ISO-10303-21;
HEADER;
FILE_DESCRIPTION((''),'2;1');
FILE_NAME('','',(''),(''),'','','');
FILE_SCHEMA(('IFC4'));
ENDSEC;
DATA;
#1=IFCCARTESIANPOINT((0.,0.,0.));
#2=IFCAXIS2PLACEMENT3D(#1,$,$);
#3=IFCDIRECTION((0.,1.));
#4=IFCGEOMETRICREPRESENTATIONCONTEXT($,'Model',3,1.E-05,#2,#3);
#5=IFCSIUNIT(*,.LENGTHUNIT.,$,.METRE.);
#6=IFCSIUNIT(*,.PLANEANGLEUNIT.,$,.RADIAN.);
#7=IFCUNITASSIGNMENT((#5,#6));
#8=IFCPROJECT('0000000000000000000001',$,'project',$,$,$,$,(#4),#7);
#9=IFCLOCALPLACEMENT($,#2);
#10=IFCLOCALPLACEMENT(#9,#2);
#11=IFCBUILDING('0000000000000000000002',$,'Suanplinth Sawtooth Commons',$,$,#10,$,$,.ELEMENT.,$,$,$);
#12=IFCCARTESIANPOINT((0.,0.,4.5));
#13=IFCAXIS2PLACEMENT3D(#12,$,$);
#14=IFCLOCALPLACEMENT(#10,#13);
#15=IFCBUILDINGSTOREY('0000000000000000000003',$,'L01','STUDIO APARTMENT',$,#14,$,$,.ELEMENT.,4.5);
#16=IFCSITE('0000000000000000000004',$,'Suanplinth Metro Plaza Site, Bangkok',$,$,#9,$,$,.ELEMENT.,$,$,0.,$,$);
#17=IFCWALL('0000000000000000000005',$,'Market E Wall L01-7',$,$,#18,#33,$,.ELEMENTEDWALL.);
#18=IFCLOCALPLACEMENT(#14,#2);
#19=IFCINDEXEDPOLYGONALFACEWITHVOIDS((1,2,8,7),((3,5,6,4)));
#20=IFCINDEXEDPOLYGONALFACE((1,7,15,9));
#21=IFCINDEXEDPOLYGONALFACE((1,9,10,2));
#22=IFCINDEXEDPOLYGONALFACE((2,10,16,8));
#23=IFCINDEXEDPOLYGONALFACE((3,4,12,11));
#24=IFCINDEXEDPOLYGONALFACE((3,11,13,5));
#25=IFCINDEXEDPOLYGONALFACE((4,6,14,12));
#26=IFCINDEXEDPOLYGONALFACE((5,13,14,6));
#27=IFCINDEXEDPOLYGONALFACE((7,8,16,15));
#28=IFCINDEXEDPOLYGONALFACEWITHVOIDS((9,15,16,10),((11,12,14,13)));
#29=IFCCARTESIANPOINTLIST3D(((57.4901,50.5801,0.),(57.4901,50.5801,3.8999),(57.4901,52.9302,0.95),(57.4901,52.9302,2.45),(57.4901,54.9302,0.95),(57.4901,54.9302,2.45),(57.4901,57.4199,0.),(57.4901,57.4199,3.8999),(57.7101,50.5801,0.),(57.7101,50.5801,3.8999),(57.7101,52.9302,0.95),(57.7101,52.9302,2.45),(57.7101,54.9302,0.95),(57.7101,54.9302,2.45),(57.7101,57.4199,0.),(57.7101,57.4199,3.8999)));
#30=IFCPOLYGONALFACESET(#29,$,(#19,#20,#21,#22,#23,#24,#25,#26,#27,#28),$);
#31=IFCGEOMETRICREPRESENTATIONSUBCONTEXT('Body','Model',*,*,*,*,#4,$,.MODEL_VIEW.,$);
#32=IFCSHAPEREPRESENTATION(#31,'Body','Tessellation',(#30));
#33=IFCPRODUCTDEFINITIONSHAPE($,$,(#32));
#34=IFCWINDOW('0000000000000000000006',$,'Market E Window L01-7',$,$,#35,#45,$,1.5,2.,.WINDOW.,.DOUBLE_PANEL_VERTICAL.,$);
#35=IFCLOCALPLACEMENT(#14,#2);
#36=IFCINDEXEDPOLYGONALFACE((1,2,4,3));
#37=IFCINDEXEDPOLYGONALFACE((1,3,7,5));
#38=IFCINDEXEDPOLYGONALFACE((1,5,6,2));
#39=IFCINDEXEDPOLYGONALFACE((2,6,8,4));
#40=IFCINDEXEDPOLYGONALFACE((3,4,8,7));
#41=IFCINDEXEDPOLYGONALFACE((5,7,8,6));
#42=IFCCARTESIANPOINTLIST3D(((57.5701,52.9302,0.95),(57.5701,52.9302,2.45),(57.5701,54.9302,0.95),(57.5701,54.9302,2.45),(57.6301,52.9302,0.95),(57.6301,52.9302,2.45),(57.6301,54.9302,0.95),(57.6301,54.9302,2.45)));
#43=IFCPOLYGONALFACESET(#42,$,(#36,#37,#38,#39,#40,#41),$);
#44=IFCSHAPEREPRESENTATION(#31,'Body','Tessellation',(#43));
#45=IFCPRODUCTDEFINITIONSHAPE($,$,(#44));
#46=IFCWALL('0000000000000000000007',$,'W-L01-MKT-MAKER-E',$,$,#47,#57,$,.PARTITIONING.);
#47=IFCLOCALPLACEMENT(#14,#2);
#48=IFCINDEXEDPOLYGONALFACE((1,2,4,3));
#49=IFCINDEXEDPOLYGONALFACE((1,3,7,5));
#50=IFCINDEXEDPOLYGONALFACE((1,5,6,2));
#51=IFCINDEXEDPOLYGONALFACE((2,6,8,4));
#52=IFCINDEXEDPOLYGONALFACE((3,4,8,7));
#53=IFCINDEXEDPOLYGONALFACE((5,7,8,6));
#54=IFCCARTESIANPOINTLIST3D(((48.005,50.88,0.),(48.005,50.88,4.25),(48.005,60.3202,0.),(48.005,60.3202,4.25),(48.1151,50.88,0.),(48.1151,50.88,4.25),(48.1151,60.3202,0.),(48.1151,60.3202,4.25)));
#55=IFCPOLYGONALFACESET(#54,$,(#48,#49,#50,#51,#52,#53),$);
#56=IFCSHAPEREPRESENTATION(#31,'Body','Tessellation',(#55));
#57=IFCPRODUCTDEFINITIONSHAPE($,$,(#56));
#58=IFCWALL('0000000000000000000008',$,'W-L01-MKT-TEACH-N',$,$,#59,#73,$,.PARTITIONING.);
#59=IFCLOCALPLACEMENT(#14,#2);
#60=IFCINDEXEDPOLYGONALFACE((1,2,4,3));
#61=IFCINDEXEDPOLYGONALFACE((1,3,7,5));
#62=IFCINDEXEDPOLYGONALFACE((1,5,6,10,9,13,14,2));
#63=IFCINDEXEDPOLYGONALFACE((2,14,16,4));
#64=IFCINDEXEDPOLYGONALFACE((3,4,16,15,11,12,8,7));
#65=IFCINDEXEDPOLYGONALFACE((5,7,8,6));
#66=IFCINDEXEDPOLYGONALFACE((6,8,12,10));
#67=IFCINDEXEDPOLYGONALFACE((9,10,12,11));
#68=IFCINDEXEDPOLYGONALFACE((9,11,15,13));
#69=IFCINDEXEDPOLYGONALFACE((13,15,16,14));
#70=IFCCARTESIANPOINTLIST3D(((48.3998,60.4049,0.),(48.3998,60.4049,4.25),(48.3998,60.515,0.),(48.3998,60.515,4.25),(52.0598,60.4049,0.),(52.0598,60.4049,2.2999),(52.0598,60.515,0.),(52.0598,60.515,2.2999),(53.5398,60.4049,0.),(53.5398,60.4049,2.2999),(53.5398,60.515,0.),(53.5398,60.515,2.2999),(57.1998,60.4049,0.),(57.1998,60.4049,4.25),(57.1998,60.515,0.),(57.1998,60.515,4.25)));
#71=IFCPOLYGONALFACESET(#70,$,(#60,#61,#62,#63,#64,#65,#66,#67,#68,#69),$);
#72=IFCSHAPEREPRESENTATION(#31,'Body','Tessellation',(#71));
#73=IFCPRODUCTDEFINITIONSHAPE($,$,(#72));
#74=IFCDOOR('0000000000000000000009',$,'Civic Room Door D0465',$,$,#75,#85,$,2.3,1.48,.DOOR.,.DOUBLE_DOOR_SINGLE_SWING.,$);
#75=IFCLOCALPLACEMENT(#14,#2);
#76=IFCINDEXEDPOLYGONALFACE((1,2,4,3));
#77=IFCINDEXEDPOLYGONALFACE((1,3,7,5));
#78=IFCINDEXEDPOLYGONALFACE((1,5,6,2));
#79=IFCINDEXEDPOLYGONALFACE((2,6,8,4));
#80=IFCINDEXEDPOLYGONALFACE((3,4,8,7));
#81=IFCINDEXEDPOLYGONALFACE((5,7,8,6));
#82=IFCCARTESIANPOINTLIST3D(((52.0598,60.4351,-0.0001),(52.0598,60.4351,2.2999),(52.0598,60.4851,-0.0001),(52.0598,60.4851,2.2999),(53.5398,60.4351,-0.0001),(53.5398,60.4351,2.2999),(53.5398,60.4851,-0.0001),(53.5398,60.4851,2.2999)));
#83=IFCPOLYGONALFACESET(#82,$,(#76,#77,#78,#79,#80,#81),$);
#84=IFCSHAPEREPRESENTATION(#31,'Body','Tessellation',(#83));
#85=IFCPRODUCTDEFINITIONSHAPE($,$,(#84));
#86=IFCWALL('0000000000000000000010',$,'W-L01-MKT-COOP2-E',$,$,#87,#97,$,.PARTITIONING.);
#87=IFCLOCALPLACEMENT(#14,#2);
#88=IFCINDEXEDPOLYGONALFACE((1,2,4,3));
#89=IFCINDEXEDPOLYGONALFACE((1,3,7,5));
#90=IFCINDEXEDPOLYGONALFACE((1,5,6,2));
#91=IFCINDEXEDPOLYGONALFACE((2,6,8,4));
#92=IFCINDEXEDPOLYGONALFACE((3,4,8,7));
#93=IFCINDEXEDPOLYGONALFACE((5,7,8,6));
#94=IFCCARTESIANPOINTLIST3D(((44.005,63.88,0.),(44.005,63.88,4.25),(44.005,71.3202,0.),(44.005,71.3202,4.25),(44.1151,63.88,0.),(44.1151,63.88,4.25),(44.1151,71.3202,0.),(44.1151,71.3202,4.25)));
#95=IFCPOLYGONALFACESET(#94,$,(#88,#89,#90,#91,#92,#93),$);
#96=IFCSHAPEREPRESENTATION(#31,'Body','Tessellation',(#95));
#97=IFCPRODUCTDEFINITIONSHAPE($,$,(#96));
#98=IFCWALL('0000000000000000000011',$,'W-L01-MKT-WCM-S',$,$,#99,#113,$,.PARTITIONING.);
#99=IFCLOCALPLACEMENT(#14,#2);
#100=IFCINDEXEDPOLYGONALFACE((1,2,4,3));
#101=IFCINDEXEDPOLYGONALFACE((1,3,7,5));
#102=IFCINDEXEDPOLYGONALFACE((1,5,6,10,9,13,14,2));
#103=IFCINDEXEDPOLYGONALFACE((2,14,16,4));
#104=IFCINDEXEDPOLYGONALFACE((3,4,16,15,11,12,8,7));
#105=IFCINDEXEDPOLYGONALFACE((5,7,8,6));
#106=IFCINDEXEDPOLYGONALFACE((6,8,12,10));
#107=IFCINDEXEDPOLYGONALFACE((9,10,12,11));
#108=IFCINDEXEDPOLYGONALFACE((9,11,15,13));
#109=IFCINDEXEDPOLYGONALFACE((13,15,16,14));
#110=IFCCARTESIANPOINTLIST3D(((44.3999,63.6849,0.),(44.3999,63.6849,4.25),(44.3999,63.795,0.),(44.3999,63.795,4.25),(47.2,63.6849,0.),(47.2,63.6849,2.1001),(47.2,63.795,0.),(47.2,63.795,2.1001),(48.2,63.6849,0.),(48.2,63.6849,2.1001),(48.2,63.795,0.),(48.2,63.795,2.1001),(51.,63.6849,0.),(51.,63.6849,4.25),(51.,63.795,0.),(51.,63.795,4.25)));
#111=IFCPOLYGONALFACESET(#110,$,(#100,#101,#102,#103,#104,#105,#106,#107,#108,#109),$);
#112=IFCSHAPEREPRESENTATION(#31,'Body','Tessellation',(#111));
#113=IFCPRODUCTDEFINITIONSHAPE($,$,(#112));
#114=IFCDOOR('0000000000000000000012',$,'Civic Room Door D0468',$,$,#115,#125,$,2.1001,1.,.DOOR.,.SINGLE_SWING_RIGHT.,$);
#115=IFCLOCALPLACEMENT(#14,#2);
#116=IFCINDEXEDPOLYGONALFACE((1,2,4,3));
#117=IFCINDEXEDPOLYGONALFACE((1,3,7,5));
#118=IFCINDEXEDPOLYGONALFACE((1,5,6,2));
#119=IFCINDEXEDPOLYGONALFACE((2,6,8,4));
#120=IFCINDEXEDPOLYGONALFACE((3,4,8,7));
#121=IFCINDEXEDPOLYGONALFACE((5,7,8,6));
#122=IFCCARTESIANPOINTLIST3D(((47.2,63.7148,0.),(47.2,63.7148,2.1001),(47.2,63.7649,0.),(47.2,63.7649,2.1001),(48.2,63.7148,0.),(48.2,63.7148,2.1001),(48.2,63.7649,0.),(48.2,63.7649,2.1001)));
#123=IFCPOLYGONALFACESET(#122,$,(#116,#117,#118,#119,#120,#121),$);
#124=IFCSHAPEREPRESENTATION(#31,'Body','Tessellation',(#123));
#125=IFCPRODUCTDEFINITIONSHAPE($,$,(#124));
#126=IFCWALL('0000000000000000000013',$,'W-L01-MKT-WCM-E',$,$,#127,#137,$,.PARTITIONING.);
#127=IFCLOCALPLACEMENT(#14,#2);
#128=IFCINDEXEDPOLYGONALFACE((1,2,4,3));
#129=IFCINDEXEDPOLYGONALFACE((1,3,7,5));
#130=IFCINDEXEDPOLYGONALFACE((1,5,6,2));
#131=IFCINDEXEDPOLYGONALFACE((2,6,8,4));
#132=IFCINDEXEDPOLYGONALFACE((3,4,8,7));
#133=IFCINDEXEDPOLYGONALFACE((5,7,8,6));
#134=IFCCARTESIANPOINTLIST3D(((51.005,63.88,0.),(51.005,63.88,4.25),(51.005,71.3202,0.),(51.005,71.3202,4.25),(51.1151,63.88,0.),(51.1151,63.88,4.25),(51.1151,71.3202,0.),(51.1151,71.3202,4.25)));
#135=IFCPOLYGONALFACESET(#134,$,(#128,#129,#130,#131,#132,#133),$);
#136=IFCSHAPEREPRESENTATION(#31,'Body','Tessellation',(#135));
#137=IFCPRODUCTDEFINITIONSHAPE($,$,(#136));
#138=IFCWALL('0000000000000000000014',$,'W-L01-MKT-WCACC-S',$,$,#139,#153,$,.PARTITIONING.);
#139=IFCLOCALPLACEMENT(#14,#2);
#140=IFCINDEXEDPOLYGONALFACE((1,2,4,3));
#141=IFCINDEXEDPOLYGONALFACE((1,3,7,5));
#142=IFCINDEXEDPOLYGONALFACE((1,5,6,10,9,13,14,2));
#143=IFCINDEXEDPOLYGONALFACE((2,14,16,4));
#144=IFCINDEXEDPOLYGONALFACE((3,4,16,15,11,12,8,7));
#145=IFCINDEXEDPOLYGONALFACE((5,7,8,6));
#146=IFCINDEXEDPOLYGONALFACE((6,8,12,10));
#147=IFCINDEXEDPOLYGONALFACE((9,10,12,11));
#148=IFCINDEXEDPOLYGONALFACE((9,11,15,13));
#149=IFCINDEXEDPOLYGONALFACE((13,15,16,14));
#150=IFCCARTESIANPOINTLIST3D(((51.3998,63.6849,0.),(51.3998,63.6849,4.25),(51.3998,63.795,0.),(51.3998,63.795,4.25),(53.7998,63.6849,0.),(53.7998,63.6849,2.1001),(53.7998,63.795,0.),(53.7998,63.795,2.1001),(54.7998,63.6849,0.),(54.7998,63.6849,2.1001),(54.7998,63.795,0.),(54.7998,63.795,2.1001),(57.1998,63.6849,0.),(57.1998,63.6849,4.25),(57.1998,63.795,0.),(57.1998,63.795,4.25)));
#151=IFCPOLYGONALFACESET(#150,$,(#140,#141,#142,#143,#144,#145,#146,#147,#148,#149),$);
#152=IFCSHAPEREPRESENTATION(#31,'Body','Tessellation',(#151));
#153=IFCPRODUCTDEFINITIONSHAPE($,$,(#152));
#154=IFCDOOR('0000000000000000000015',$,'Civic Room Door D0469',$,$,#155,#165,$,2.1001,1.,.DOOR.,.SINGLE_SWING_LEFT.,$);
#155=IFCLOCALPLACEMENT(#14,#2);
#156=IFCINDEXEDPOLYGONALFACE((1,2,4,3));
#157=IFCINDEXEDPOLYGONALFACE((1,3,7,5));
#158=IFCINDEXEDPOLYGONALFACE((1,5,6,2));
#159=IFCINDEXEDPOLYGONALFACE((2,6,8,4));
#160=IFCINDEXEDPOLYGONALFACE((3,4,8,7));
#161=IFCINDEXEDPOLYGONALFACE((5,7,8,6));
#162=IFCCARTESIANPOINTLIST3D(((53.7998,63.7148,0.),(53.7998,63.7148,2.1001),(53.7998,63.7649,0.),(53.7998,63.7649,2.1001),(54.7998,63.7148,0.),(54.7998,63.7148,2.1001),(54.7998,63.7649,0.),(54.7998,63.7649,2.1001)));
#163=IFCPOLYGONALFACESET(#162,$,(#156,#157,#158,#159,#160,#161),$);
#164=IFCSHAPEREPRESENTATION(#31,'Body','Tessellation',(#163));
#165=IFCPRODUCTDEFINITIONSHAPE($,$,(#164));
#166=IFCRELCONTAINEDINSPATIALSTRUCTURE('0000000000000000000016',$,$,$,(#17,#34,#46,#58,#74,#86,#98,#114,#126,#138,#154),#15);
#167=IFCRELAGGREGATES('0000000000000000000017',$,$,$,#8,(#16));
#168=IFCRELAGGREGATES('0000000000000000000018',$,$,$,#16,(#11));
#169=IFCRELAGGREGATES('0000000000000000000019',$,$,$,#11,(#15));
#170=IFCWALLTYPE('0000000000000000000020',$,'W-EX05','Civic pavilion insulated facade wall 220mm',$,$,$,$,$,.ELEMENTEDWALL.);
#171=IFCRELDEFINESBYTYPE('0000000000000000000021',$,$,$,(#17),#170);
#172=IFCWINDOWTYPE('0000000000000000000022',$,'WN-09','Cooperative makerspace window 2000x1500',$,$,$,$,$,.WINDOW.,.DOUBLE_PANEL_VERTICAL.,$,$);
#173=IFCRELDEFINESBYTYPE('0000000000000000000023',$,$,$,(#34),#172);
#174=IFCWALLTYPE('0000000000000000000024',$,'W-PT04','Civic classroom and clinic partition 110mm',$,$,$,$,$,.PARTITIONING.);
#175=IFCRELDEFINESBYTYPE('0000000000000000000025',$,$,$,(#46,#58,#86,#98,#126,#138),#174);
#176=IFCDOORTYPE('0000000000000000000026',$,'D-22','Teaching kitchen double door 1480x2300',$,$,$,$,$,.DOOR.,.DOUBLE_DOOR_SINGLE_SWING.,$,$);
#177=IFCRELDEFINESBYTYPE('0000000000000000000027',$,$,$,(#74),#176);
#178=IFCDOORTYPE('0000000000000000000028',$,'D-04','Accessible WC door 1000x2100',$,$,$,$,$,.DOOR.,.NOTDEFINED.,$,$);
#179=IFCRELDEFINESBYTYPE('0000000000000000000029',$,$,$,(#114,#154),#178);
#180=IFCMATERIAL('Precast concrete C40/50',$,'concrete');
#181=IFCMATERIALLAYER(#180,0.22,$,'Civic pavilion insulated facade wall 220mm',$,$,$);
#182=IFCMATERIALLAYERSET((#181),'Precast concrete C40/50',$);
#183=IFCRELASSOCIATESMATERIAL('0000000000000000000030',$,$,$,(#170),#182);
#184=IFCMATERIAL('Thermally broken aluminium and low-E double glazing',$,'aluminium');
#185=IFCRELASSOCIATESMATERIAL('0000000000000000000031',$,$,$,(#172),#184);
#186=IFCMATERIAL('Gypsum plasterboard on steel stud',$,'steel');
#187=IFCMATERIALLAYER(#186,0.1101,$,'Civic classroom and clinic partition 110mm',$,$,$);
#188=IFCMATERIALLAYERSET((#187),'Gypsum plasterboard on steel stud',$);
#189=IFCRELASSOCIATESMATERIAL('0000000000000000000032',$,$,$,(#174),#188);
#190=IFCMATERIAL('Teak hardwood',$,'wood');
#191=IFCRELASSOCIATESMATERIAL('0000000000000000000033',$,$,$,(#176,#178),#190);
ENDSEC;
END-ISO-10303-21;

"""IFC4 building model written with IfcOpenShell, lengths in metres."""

from ifc_helpers import new_model, si_unit, direction, frame, frame_2d, origin, place, context, subcontext, project, spatial, rectangle, extrude, material, layer, layer_set, type_object, element, fill, save


model = new_model("IFC4")

# Units and contexts
model_context = context("Model", 3, precision=1e-05, world=origin(), true_north=direction((0.0, 1.0)))
body_context = subcontext(model_context, "Body", "Model", "MODEL_VIEW")
ifc_project = project(units=[si_unit("LENGTHUNIT", "METRE"), si_unit("PLANEANGLEUNIT", "RADIAN")], contexts=[model_context])

# Site, building, storey
site_placement = place(None, origin())
site = spatial("IfcSite", under=ifc_project, at=site_placement, Name="Suanplinth Metro Plaza Site, Bangkok", CompositionType="ELEMENT", RefElevation=0.0)
building_placement = place(site_placement, origin())
building = spatial("IfcBuilding", under=site, at=building_placement, Name="Suanplinth Sawtooth Commons", CompositionType="ELEMENT")
storey_placement = place(building_placement, frame((0.0, 0.0, 4.5)))
storey = spatial("IfcBuildingStorey", under=building, at=storey_placement, Name="L01", Description="STUDIO APARTMENT", CompositionType="ELEMENT", Elevation=4.5)

# Shared definitions
ifc_material_1 = material(Name="Precast concrete C40/50", Category="concrete")

# Wall, opening, window
ifc_layer_1 = layer(ifc_material_1, 0.22, Name="Civic pavilion insulated facade wall 220mm")
ifc_layer_set_1 = layer_set([ifc_layer_1], Name="Precast concrete C40/50")
wall_type_1 = type_object("IfcWallType", Name="W-EX05", Description="Civic pavilion insulated facade wall 220mm", PredefinedType="ELEMENTEDWALL", material=ifc_layer_set_1)
wall_1_placement = place(storey_placement, frame((57.6001, 50.5801, 0.0), z_axis=(0.0, 0.0, 1.0), x_axis=(0.0, 1.0, 0.0)))
wall_1 = element("IfcWall", 1, at=wall_1_placement, inside=storey, type_object=wall_type_1, Name="Market E Wall L01-7", PredefinedType="ELEMENTEDWALL", context=body_context, shape_type="SweptSolid", body=[
    extrude(rectangle(XDim=6.8398, YDim=0.22, at=frame_2d((3.4199, 0.0))), origin(), (0.0, 0.0, 1.0), 3.8999),
])
opening_1_placement = place(wall_1_placement, frame((2.3501, 0.0, 0.95)))
opening_1 = element("IfcOpeningElement", 2, at=opening_1_placement, cuts=wall_1, PredefinedType="OPENING", context=body_context, shape_type="SweptSolid", body=[
    extrude(rectangle(XDim=2.0, YDim=1.5, at=frame_2d((1.0, 0.75))), frame((0.0, 0.125, 0.0), z_axis=(0.0, -1.0, 0.0), x_axis=(1.0, 0.0, 0.0)), (0.0, 0.0, 1.0), 0.2498),
])
ifc_material_2 = material(Name="Thermally broken aluminium and low-E double glazing", Category="aluminium")
window_type = type_object("IfcWindowType", Name="WN-09", Description="Cooperative makerspace window 2000x1500", PartitioningType="DOUBLE_PANEL_VERTICAL", PredefinedType="WINDOW", material=ifc_material_2)
window_placement = place(opening_1_placement, origin())
window = element("IfcWindow", 3, at=window_placement, inside=storey, type_object=window_type, Name="Market E Window L01-7", OverallHeight=1.5, OverallWidth=2.0, PartitioningType="DOUBLE_PANEL_VERTICAL", PredefinedType="WINDOW", context=body_context, shape_type="SweptSolid", body=[
    extrude(rectangle(XDim=2.0, YDim=1.5, at=frame_2d((1.0, 0.75))), frame((0.0, 0.03, 0.0), z_axis=(0.0, -1.0, 0.0), x_axis=(1.0, 0.0, 0.0)), (0.0, 0.0, 1.0), 0.0601),
])
fill(opening_1, window)

# Wall
ifc_material_3 = material(Name="Gypsum plasterboard on steel stud", Category="steel")
ifc_layer_2 = layer(ifc_material_3, 0.1101, Name="Civic classroom and clinic partition 110mm")
ifc_layer_set_2 = layer_set([ifc_layer_2], Name="Gypsum plasterboard on steel stud")
wall_type_2 = type_object("IfcWallType", Name="W-PT04", Description="Civic classroom and clinic partition 110mm", PredefinedType="PARTITIONING", material=ifc_layer_set_2)
wall_2_placement = place(storey_placement, frame((48.0601, 50.8799, 0.0), z_axis=(0.0, 0.0, 1.0), x_axis=(0.0, 1.0, 0.0)))
element("IfcWall", 4, at=wall_2_placement, inside=storey, type_object=wall_type_2, Name="W-L01-MKT-MAKER-E", PredefinedType="PARTITIONING", context=body_context, shape_type="SweptSolid", body=[
    extrude(rectangle(XDim=9.4402, YDim=0.1101, at=frame_2d((4.7202, 0.0))), origin(), (0.0, 0.0, 1.0), 4.25),
])

# Wall, opening, door
wall_3_placement = place(storey_placement, frame((48.3999, 60.46, 0.0), z_axis=(0.0, 0.0, 1.0), x_axis=(1.0, 0.0, 0.0)))
wall_3 = element("IfcWall", 5, at=wall_3_placement, inside=storey, type_object=wall_type_2, Name="W-L01-MKT-TEACH-N", PredefinedType="PARTITIONING", context=body_context, shape_type="SweptSolid", body=[
    extrude(rectangle(XDim=8.8, YDim=0.1101, at=frame_2d((4.3999, 0.0))), origin(), (0.0, 0.0, 1.0), 4.25),
])
opening_2_placement = place(wall_3_placement, frame((3.6599, 0.0, 0.0)))
opening_2 = element("IfcOpeningElement", 6, at=opening_2_placement, cuts=wall_3, PredefinedType="OPENING", context=body_context, shape_type="SweptSolid", body=[
    extrude(rectangle(XDim=1.48, YDim=2.3, at=frame_2d((0.74, 1.1499))), frame((0.0, 0.0698, 0.0), z_axis=(0.0, -1.0, 0.0), x_axis=(1.0, 0.0, 0.0)), (0.0, 0.0, 1.0), 0.1399),
])
ifc_material_4 = material(Name="Teak hardwood", Category="wood")
door_type_1 = type_object("IfcDoorType", Name="D-22", Description="Teaching kitchen double door 1480x2300", OperationType="DOUBLE_DOOR_SINGLE_SWING", PredefinedType="DOOR", material=ifc_material_4)
door_1_placement = place(opening_2_placement, frame((1.48, 0.0, 0.0), z_axis=(0.0, 0.0, 1.0), x_axis=(-1.0, 0.0, 0.0)))
door_1 = element("IfcDoor", 7, at=door_1_placement, inside=storey, type_object=door_type_1, Name="Civic Room Door D0465", OperationType="DOUBLE_DOOR_SINGLE_SWING", OverallHeight=2.3, OverallWidth=1.48, PredefinedType="DOOR", context=body_context, shape_type="SweptSolid", body=[
    extrude(rectangle(XDim=1.48, YDim=2.3, at=frame_2d((0.74, 1.1499))), frame((0.0, 0.0249, 0.0), z_axis=(0.0, -1.0, 0.0), x_axis=(1.0, 0.0, 0.0)), (0.0, 0.0, 1.0), 0.05),
])
fill(opening_2, door_1)

# Wall
wall_4_placement = place(storey_placement, frame((44.0601, 63.8799, 0.0), z_axis=(0.0, 0.0, 1.0), x_axis=(0.0, 1.0, 0.0)))
element("IfcWall", 8, at=wall_4_placement, inside=storey, type_object=wall_type_2, Name="W-L01-MKT-COOP2-E", PredefinedType="PARTITIONING", context=body_context, shape_type="SweptSolid", body=[
    extrude(rectangle(XDim=7.4402, YDim=0.1101, at=frame_2d((3.7202, 0.0))), origin(), (0.0, 0.0, 1.0), 4.25),
])

# Wall, opening, door
wall_5_placement = place(storey_placement, frame((44.3999, 63.74, 0.0), z_axis=(0.0, 0.0, 1.0), x_axis=(1.0, 0.0, 0.0)))
wall_5 = element("IfcWall", 9, at=wall_5_placement, inside=storey, type_object=wall_type_2, Name="W-L01-MKT-WCM-S", PredefinedType="PARTITIONING", context=body_context, shape_type="SweptSolid", body=[
    extrude(rectangle(XDim=6.6001, YDim=0.1101, at=frame_2d((3.3, 0.0))), origin(), (0.0, 0.0, 1.0), 4.25),
])
opening_3_placement = place(wall_5_placement, frame((2.8, 0.0, 0.0)))
opening_3 = element("IfcOpeningElement", 10, at=opening_3_placement, cuts=wall_5, PredefinedType="OPENING", context=body_context, shape_type="SweptSolid", body=[
    extrude(rectangle(XDim=1.0, YDim=2.1001, at=frame_2d((0.5, 1.05))), frame((0.0, 0.0698, 0.0), z_axis=(0.0, -1.0, 0.0), x_axis=(1.0, 0.0, 0.0)), (0.0, 0.0, 1.0), 0.1399),
])
door_type_2 = type_object("IfcDoorType", Name="D-04", Description="Accessible WC door 1000x2100", OperationType="NOTDEFINED", PredefinedType="DOOR", material=ifc_material_4)
door_2_placement = place(opening_3_placement, origin())
door_2 = element("IfcDoor", 11, at=door_2_placement, inside=storey, type_object=door_type_2, Name="Civic Room Door D0468", OperationType="SINGLE_SWING_RIGHT", OverallHeight=2.1001, OverallWidth=1.0, PredefinedType="DOOR", context=body_context, shape_type="SweptSolid", body=[
    extrude(rectangle(XDim=1.0, YDim=2.1001, at=frame_2d((0.5, 1.05))), frame((0.0, 0.0249, 0.0), z_axis=(0.0, -1.0, 0.0), x_axis=(1.0, 0.0, 0.0)), (0.0, 0.0, 1.0), 0.05),
])
fill(opening_3, door_2)

# Wall
wall_6_placement = place(storey_placement, frame((51.0601, 63.8799, 0.0), z_axis=(0.0, 0.0, 1.0), x_axis=(0.0, 1.0, 0.0)))
element("IfcWall", 12, at=wall_6_placement, inside=storey, type_object=wall_type_2, Name="W-L01-MKT-WCM-E", PredefinedType="PARTITIONING", context=body_context, shape_type="SweptSolid", body=[
    extrude(rectangle(XDim=7.4402, YDim=0.1101, at=frame_2d((3.7202, 0.0))), origin(), (0.0, 0.0, 1.0), 4.25),
])

# Wall, opening, door
wall_7_placement = place(storey_placement, frame((51.3999, 63.74, 0.0), z_axis=(0.0, 0.0, 1.0), x_axis=(1.0, 0.0, 0.0)))
wall_7 = element("IfcWall", 13, at=wall_7_placement, inside=storey, type_object=wall_type_2, Name="W-L01-MKT-WCACC-S", PredefinedType="PARTITIONING", context=body_context, shape_type="SweptSolid", body=[
    extrude(rectangle(XDim=5.8, YDim=0.1101, at=frame_2d((2.8999, 0.0))), origin(), (0.0, 0.0, 1.0), 4.25),
])
opening_4_placement = place(wall_7_placement, frame((2.3999, 0.0, 0.0)))
opening_4 = element("IfcOpeningElement", 14, at=opening_4_placement, cuts=wall_7, PredefinedType="OPENING", context=body_context, shape_type="SweptSolid", body=[
    extrude(rectangle(XDim=1.0, YDim=2.1001, at=frame_2d((0.5, 1.05))), frame((0.0, 0.0698, 0.0), z_axis=(0.0, -1.0, 0.0), x_axis=(1.0, 0.0, 0.0)), (0.0, 0.0, 1.0), 0.1399),
])
door_3_placement = place(opening_4_placement, origin())
door_3 = element("IfcDoor", 15, at=door_3_placement, inside=storey, type_object=door_type_2, Name="Civic Room Door D0469", OperationType="SINGLE_SWING_LEFT", OverallHeight=2.1001, OverallWidth=1.0, PredefinedType="DOOR", context=body_context, shape_type="SweptSolid", body=[
    extrude(rectangle(XDim=1.0, YDim=2.1001, at=frame_2d((0.5, 1.05))), frame((0.0, 0.0249, 0.0), z_axis=(0.0, -1.0, 0.0), x_axis=(1.0, 0.0, 0.0)), (0.0, 0.0, 1.0), 0.05),
])
fill(opening_4, door_3)

save(model, "model.ifc")
